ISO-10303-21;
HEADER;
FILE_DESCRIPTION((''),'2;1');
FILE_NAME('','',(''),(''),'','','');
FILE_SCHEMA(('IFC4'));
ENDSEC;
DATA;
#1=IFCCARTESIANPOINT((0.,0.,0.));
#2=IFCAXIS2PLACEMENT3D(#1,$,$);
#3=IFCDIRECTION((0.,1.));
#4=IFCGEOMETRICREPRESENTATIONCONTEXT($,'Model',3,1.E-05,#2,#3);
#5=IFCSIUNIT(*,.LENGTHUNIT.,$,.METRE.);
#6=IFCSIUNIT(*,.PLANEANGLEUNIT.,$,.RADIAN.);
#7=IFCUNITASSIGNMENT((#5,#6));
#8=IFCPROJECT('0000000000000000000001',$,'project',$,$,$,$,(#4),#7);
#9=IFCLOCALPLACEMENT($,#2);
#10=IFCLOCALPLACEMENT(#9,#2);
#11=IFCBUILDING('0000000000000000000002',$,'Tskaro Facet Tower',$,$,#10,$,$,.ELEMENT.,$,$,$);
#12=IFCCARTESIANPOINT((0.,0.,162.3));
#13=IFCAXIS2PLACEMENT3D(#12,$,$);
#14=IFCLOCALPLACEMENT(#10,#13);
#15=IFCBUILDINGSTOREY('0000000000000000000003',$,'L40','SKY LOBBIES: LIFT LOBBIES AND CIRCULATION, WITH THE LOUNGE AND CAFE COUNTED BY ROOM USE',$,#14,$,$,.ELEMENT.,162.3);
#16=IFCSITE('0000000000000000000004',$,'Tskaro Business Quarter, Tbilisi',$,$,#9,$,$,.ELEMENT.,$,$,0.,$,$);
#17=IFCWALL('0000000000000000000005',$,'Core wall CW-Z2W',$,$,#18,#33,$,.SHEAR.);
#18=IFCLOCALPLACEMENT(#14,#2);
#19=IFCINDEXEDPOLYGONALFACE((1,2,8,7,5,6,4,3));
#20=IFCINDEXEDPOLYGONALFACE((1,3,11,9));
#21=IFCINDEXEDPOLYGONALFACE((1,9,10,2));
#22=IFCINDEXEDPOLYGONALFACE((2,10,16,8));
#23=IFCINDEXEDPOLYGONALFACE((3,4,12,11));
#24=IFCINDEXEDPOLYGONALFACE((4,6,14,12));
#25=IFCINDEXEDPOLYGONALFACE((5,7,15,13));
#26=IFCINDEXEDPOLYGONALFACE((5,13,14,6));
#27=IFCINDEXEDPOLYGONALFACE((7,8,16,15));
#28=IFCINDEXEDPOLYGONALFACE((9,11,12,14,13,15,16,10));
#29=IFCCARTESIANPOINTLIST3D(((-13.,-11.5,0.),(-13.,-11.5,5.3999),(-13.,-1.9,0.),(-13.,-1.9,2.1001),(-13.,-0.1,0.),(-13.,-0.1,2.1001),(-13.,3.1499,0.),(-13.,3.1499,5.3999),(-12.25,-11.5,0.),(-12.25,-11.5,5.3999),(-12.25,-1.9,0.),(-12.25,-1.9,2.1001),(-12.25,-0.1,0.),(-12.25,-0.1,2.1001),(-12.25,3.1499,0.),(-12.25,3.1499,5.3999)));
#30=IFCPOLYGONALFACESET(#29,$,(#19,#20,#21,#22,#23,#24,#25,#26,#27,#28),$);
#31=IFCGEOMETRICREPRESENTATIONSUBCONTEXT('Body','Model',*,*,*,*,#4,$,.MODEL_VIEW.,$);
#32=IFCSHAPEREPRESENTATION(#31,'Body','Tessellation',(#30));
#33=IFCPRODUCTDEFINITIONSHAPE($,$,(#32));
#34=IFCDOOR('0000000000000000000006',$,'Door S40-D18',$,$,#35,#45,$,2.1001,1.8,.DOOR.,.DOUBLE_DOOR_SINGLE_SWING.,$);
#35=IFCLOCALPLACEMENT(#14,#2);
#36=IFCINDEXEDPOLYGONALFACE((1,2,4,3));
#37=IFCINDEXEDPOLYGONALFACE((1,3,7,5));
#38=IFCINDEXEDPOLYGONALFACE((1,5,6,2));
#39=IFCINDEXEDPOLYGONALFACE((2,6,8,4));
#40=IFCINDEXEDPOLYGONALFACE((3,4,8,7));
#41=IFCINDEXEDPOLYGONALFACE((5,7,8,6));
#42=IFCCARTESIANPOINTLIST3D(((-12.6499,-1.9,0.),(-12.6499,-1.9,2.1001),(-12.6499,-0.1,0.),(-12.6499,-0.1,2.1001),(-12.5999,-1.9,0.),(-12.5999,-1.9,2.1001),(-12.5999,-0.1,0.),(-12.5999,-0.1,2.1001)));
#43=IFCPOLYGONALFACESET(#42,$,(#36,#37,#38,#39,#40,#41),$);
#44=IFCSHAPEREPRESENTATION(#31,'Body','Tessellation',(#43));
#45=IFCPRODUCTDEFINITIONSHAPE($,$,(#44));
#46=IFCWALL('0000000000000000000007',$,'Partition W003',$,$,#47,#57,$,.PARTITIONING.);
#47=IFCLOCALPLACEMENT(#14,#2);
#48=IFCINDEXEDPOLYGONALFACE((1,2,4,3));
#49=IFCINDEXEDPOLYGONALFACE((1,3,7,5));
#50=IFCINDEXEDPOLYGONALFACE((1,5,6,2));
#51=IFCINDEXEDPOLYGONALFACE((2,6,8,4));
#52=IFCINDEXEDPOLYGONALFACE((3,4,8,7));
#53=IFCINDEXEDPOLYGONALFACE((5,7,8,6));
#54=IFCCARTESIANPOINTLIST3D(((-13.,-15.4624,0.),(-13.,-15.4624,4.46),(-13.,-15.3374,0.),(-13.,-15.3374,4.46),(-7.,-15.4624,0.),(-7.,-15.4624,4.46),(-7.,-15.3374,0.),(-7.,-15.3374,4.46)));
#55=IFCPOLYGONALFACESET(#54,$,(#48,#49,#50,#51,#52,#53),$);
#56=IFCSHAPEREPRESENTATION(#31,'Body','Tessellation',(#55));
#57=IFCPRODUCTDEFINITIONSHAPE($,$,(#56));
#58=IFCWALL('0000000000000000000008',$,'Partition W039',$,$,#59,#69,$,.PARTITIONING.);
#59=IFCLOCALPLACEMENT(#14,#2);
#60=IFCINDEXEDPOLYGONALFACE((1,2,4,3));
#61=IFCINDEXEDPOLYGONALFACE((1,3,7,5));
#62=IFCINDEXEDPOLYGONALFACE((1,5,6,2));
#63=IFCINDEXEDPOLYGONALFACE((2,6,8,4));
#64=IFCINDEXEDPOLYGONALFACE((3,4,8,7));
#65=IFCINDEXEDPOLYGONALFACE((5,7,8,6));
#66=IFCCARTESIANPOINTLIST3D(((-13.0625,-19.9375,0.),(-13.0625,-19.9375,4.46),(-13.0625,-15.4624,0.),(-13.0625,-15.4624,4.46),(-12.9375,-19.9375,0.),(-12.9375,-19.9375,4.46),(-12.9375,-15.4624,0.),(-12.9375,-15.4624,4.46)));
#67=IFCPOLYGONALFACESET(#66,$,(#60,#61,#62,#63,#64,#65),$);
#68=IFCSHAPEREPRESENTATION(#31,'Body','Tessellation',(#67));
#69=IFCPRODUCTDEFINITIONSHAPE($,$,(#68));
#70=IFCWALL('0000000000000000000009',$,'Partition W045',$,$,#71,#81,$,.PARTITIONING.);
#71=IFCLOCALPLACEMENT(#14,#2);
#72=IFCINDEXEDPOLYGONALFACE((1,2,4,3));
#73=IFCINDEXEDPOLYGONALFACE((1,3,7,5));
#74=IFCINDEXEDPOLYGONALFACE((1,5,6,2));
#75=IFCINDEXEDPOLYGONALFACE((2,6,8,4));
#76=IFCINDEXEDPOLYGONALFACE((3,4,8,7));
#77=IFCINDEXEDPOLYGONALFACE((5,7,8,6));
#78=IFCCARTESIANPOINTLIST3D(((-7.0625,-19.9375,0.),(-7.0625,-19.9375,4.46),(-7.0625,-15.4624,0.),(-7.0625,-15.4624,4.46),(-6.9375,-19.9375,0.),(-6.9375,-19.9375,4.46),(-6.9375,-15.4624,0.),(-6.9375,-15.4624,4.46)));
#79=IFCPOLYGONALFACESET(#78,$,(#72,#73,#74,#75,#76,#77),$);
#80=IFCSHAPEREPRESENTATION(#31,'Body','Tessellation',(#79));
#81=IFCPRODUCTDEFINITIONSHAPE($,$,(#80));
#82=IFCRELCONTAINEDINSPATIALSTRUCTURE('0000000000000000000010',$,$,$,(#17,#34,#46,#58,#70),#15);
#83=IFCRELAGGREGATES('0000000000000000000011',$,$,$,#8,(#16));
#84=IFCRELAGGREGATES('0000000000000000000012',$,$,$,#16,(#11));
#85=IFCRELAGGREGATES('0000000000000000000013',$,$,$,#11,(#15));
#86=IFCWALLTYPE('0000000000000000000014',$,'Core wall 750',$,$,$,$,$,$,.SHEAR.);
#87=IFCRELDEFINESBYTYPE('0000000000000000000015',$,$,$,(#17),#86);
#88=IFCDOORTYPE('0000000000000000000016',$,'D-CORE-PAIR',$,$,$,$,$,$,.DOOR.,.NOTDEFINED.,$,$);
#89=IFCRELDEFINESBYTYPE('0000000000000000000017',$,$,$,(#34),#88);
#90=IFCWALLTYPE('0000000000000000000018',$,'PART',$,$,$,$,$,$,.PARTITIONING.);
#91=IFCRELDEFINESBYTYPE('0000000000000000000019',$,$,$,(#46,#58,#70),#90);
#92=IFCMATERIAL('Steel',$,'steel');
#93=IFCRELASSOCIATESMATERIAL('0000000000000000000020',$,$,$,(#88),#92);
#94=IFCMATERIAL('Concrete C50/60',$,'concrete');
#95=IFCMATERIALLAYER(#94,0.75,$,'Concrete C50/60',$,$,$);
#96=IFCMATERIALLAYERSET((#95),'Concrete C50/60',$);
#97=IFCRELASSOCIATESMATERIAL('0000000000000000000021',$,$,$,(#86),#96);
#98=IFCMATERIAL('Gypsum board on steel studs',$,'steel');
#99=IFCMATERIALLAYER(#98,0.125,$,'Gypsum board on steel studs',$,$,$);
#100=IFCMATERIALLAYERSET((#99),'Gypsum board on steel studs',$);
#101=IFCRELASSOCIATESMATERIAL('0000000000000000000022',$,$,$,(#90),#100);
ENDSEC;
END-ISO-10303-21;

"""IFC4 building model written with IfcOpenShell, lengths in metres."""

from ifc_helpers import new_model, si_unit, direction, frame, frame_2d, origin, place, context, subcontext, project, spatial, rectangle, extrude, material, layer, layer_set, type_object, element, fill, save


model = new_model("IFC4")

# Units and contexts
model_context = context("Model", 3, precision=1e-05, world=origin(), true_north=direction((0.0, 1.0)))
body_context = subcontext(model_context, "Body", "Model", "MODEL_VIEW")
ifc_project = project(units=[si_unit("LENGTHUNIT", "METRE"), si_unit("PLANEANGLEUNIT", "RADIAN")], contexts=[model_context])

# Site, building, storey
site_placement = place(None, origin())
site = spatial("IfcSite", under=ifc_project, at=site_placement, Name="Tskaro Business Quarter, Tbilisi", CompositionType="ELEMENT", RefElevation=0.0)
building_placement = place(site_placement, origin())
building = spatial("IfcBuilding", under=site, at=building_placement, Name="Tskaro Facet Tower", CompositionType="ELEMENT")
storey_placement = place(building_placement, frame((0.0, 0.0, 162.3)))
storey = spatial("IfcBuildingStorey", under=building, at=storey_placement, Name="L40", Description="SKY LOBBIES: LIFT LOBBIES AND CIRCULATION, WITH THE LOUNGE AND CAFE COUNTED BY ROOM USE", CompositionType="ELEMENT", Elevation=162.3)

# Shared definitions
ifc_material_1 = material(Name="Steel", Category="steel")

# Shared definitions
door_type_1 = type_object("IfcDoorType", Name="D-CORE-PAIR", OperationType="NOTDEFINED", PredefinedType="DOOR", material=ifc_material_1)

# Shared definitions
ifc_material_2 = material(Name="Concrete C50/60", Category="concrete")
ifc_layer_1 = layer(ifc_material_2, 0.75, Name="Concrete C50/60")
ifc_layer_set_1 = layer_set([ifc_layer_1], Name="Concrete C50/60")
wall_type_1 = type_object("IfcWallType", Name="Core wall 750", PredefinedType="SHEAR", material=ifc_layer_set_1)

# Wall, opening, door
wall_1_placement = place(storey_placement, frame((-12.625, -11.5, 0.0), z_axis=(0.0, 0.0, 1.0), x_axis=(0.0, 1.0, 0.0)))
wall_1 = element("IfcWall", 1, at=wall_1_placement, inside=storey, type_object=wall_type_1, Name="Core wall CW-Z2W", PredefinedType="SHEAR", context=body_context, shape_type="SweptSolid", body=[
    extrude(rectangle(XDim=14.6499, YDim=0.75, at=frame_2d((7.325, 0.0))), origin(), (0.0, 0.0, 1.0), 5.3999),
])
opening_1_placement = place(wall_1_placement, frame((9.6001, 0.0, 0.0)))
opening_1 = element("IfcOpeningElement", 2, at=opening_1_placement, cuts=wall_1, PredefinedType="OPENING", context=body_context, shape_type="SweptSolid", body=[
    extrude(rectangle(XDim=1.8, YDim=2.1001, at=frame_2d((0.8999, 1.05))), frame((0.0, 0.385, 0.0), z_axis=(0.0, -1.0, 0.0), x_axis=(1.0, 0.0, 0.0)), (0.0, 0.0, 1.0), 0.77),
])
door_1_placement = place(opening_1_placement, origin())
door_1 = element("IfcDoor", 3, at=door_1_placement, inside=storey, type_object=door_type_1, Name="Door S40-D18", OperationType="DOUBLE_DOOR_SINGLE_SWING", OverallHeight=2.1001, OverallWidth=1.8, PredefinedType="DOOR", context=body_context, shape_type="SweptSolid", body=[
    extrude(rectangle(XDim=1.8, YDim=2.1001, at=frame_2d((0.8999, 1.05))), frame((0.0, 0.0249, 0.0), z_axis=(0.0, -1.0, 0.0), x_axis=(1.0, 0.0, 0.0)), (0.0, 0.0, 1.0), 0.05),
])
fill(opening_1, door_1)

# Walls
ifc_material_3 = material(Name="Gypsum board on steel studs", Category="steel")
ifc_layer_2 = layer(ifc_material_3, 0.125, Name="Gypsum board on steel studs")
ifc_layer_set_2 = layer_set([ifc_layer_2], Name="Gypsum board on steel studs")
wall_type_2 = type_object("IfcWallType", Name="PART", PredefinedType="PARTITIONING", material=ifc_layer_set_2)
wall_2_placement = place(storey_placement, frame((-13.0, -15.3999, 0.0), z_axis=(0.0, 0.0, 1.0), x_axis=(1.0, 0.0, 0.0)))
element("IfcWall", 4, at=wall_2_placement, inside=storey, type_object=wall_type_2, Name="Partition W003", PredefinedType="PARTITIONING", context=body_context, shape_type="SweptSolid", body=[
    extrude(rectangle(XDim=6.0, YDim=0.125, at=frame_2d((3.0, 0.0))), origin(), (0.0, 0.0, 1.0), 4.46),
])
for number, where, z_axis, x_axis, name in (
    (5, (-13.0, -19.9375, 0.0), (0.0, 0.0, 1.0), (0.0, 1.0, 0.0), "Partition W039"),
    (6, (-7.0, -19.9375, 0.0), (0.0, 0.0, 1.0), (0.0, 1.0, 0.0), "Partition W045"),
):
    element("IfcWall", number, at=place(storey_placement, frame(where, z_axis=z_axis, x_axis=x_axis)), inside=storey, type_object=wall_type_2, Name=name, PredefinedType="PARTITIONING", context=body_context, shape_type="SweptSolid", body=[
        extrude(rectangle(XDim=4.4751, YDim=0.125, at=frame_2d((2.2375, 0.0))), origin(), (0.0, 0.0, 1.0), 4.46),
    ])

save(model, "model.ifc")
